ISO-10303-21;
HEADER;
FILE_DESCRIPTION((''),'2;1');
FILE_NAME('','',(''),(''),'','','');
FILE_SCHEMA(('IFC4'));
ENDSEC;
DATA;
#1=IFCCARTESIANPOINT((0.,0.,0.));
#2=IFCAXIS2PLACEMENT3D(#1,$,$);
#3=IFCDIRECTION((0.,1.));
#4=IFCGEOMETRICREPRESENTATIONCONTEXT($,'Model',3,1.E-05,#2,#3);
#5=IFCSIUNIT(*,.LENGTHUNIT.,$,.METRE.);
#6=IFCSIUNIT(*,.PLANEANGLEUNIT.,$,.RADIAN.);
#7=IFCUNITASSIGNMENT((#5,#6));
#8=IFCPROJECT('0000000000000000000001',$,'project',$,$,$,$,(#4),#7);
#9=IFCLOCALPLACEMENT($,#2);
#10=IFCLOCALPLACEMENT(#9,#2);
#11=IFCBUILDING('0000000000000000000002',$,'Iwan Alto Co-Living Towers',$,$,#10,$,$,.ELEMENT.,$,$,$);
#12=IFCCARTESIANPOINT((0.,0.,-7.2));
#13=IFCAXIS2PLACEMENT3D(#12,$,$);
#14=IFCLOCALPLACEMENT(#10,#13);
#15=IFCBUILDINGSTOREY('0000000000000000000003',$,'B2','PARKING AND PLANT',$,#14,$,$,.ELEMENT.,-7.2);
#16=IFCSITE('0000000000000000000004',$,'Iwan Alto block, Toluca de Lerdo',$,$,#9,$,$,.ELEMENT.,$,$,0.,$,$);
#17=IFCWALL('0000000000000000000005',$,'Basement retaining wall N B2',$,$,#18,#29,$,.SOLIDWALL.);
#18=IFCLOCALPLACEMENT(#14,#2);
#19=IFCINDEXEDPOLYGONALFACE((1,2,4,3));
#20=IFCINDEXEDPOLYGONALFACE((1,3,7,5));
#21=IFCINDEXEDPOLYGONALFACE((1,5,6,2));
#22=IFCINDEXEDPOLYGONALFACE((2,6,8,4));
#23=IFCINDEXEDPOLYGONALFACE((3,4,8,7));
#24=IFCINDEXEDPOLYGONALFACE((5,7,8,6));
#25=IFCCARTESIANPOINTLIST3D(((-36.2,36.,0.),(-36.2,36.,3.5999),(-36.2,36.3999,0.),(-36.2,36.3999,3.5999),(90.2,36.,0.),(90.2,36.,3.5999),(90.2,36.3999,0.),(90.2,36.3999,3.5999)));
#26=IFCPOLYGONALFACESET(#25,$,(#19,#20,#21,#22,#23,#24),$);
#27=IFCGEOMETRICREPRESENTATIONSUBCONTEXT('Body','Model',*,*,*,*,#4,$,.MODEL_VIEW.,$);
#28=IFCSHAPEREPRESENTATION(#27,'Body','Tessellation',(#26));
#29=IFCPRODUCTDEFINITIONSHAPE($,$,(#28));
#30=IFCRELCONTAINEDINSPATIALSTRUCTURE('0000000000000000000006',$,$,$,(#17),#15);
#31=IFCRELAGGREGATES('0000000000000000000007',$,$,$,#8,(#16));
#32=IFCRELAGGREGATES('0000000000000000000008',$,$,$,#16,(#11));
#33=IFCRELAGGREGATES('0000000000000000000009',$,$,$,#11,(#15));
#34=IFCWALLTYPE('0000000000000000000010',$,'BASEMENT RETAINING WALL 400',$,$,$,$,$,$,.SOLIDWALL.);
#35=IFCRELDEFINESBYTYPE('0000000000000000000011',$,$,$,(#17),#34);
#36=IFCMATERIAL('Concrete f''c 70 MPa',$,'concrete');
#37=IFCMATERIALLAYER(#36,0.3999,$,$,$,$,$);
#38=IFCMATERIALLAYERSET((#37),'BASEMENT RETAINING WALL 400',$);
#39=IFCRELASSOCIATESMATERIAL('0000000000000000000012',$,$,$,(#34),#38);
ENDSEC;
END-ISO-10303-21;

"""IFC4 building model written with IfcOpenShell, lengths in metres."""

from ifc_helpers import new_model, si_unit, direction, frame, frame_2d, origin, place, context, subcontext, project, spatial, rectangle, extrude, material, layer, layer_set, type_object, element, save


model = new_model("IFC4")

# Units and contexts
model_context = context("Model", 3, precision=1e-05, world=origin(), true_north=direction((0.0, 1.0)))
body_context = subcontext(model_context, "Body", "Model", "MODEL_VIEW")
ifc_project = project(units=[si_unit("LENGTHUNIT", "METRE"), si_unit("PLANEANGLEUNIT", "RADIAN")], contexts=[model_context])

# Site, building, storey
site_placement = place(None, origin())
site = spatial("IfcSite", under=ifc_project, at=site_placement, Name="Iwan Alto block, Toluca de Lerdo", CompositionType="ELEMENT", RefElevation=0.0)
building_placement = place(site_placement, origin())
building = spatial("IfcBuilding", under=site, at=building_placement, Name="Iwan Alto Co-Living Towers", CompositionType="ELEMENT")
storey_placement = place(building_placement, frame((0.0, 0.0, -7.2)))
storey = spatial("IfcBuildingStorey", under=building, at=storey_placement, Name="B2", Description="PARKING AND PLANT", CompositionType="ELEMENT", Elevation=-7.2)

# Wall
ifc_material_1 = material(Name="Concrete f'c 70 MPa", Category="concrete")
ifc_layer = layer(ifc_material_1, 0.3999)
ifc_layer_set = layer_set([ifc_layer], Name="BASEMENT RETAINING WALL 400")
wall_type = type_object("IfcWallType", Name="BASEMENT RETAINING WALL 400", PredefinedType="SOLIDWALL", material=ifc_layer_set)
wall_placement = place(storey_placement, frame((90.2, 36.2, 0.0), z_axis=(0.0, 0.0, 1.0), x_axis=(-1.0, 0.0, 0.0)))
element("IfcWall", 1, at=wall_placement, inside=storey, type_object=wall_type, Name="Basement retaining wall N B2", PredefinedType="SOLIDWALL", context=body_context, shape_type="SweptSolid", body=[
    extrude(rectangle(XDim=126.3999, YDim=0.3999, at=frame_2d((63.2, 0.0))), origin(), (0.0, 0.0, 1.0), 3.5999),
])

save(model, "model.ifc")
